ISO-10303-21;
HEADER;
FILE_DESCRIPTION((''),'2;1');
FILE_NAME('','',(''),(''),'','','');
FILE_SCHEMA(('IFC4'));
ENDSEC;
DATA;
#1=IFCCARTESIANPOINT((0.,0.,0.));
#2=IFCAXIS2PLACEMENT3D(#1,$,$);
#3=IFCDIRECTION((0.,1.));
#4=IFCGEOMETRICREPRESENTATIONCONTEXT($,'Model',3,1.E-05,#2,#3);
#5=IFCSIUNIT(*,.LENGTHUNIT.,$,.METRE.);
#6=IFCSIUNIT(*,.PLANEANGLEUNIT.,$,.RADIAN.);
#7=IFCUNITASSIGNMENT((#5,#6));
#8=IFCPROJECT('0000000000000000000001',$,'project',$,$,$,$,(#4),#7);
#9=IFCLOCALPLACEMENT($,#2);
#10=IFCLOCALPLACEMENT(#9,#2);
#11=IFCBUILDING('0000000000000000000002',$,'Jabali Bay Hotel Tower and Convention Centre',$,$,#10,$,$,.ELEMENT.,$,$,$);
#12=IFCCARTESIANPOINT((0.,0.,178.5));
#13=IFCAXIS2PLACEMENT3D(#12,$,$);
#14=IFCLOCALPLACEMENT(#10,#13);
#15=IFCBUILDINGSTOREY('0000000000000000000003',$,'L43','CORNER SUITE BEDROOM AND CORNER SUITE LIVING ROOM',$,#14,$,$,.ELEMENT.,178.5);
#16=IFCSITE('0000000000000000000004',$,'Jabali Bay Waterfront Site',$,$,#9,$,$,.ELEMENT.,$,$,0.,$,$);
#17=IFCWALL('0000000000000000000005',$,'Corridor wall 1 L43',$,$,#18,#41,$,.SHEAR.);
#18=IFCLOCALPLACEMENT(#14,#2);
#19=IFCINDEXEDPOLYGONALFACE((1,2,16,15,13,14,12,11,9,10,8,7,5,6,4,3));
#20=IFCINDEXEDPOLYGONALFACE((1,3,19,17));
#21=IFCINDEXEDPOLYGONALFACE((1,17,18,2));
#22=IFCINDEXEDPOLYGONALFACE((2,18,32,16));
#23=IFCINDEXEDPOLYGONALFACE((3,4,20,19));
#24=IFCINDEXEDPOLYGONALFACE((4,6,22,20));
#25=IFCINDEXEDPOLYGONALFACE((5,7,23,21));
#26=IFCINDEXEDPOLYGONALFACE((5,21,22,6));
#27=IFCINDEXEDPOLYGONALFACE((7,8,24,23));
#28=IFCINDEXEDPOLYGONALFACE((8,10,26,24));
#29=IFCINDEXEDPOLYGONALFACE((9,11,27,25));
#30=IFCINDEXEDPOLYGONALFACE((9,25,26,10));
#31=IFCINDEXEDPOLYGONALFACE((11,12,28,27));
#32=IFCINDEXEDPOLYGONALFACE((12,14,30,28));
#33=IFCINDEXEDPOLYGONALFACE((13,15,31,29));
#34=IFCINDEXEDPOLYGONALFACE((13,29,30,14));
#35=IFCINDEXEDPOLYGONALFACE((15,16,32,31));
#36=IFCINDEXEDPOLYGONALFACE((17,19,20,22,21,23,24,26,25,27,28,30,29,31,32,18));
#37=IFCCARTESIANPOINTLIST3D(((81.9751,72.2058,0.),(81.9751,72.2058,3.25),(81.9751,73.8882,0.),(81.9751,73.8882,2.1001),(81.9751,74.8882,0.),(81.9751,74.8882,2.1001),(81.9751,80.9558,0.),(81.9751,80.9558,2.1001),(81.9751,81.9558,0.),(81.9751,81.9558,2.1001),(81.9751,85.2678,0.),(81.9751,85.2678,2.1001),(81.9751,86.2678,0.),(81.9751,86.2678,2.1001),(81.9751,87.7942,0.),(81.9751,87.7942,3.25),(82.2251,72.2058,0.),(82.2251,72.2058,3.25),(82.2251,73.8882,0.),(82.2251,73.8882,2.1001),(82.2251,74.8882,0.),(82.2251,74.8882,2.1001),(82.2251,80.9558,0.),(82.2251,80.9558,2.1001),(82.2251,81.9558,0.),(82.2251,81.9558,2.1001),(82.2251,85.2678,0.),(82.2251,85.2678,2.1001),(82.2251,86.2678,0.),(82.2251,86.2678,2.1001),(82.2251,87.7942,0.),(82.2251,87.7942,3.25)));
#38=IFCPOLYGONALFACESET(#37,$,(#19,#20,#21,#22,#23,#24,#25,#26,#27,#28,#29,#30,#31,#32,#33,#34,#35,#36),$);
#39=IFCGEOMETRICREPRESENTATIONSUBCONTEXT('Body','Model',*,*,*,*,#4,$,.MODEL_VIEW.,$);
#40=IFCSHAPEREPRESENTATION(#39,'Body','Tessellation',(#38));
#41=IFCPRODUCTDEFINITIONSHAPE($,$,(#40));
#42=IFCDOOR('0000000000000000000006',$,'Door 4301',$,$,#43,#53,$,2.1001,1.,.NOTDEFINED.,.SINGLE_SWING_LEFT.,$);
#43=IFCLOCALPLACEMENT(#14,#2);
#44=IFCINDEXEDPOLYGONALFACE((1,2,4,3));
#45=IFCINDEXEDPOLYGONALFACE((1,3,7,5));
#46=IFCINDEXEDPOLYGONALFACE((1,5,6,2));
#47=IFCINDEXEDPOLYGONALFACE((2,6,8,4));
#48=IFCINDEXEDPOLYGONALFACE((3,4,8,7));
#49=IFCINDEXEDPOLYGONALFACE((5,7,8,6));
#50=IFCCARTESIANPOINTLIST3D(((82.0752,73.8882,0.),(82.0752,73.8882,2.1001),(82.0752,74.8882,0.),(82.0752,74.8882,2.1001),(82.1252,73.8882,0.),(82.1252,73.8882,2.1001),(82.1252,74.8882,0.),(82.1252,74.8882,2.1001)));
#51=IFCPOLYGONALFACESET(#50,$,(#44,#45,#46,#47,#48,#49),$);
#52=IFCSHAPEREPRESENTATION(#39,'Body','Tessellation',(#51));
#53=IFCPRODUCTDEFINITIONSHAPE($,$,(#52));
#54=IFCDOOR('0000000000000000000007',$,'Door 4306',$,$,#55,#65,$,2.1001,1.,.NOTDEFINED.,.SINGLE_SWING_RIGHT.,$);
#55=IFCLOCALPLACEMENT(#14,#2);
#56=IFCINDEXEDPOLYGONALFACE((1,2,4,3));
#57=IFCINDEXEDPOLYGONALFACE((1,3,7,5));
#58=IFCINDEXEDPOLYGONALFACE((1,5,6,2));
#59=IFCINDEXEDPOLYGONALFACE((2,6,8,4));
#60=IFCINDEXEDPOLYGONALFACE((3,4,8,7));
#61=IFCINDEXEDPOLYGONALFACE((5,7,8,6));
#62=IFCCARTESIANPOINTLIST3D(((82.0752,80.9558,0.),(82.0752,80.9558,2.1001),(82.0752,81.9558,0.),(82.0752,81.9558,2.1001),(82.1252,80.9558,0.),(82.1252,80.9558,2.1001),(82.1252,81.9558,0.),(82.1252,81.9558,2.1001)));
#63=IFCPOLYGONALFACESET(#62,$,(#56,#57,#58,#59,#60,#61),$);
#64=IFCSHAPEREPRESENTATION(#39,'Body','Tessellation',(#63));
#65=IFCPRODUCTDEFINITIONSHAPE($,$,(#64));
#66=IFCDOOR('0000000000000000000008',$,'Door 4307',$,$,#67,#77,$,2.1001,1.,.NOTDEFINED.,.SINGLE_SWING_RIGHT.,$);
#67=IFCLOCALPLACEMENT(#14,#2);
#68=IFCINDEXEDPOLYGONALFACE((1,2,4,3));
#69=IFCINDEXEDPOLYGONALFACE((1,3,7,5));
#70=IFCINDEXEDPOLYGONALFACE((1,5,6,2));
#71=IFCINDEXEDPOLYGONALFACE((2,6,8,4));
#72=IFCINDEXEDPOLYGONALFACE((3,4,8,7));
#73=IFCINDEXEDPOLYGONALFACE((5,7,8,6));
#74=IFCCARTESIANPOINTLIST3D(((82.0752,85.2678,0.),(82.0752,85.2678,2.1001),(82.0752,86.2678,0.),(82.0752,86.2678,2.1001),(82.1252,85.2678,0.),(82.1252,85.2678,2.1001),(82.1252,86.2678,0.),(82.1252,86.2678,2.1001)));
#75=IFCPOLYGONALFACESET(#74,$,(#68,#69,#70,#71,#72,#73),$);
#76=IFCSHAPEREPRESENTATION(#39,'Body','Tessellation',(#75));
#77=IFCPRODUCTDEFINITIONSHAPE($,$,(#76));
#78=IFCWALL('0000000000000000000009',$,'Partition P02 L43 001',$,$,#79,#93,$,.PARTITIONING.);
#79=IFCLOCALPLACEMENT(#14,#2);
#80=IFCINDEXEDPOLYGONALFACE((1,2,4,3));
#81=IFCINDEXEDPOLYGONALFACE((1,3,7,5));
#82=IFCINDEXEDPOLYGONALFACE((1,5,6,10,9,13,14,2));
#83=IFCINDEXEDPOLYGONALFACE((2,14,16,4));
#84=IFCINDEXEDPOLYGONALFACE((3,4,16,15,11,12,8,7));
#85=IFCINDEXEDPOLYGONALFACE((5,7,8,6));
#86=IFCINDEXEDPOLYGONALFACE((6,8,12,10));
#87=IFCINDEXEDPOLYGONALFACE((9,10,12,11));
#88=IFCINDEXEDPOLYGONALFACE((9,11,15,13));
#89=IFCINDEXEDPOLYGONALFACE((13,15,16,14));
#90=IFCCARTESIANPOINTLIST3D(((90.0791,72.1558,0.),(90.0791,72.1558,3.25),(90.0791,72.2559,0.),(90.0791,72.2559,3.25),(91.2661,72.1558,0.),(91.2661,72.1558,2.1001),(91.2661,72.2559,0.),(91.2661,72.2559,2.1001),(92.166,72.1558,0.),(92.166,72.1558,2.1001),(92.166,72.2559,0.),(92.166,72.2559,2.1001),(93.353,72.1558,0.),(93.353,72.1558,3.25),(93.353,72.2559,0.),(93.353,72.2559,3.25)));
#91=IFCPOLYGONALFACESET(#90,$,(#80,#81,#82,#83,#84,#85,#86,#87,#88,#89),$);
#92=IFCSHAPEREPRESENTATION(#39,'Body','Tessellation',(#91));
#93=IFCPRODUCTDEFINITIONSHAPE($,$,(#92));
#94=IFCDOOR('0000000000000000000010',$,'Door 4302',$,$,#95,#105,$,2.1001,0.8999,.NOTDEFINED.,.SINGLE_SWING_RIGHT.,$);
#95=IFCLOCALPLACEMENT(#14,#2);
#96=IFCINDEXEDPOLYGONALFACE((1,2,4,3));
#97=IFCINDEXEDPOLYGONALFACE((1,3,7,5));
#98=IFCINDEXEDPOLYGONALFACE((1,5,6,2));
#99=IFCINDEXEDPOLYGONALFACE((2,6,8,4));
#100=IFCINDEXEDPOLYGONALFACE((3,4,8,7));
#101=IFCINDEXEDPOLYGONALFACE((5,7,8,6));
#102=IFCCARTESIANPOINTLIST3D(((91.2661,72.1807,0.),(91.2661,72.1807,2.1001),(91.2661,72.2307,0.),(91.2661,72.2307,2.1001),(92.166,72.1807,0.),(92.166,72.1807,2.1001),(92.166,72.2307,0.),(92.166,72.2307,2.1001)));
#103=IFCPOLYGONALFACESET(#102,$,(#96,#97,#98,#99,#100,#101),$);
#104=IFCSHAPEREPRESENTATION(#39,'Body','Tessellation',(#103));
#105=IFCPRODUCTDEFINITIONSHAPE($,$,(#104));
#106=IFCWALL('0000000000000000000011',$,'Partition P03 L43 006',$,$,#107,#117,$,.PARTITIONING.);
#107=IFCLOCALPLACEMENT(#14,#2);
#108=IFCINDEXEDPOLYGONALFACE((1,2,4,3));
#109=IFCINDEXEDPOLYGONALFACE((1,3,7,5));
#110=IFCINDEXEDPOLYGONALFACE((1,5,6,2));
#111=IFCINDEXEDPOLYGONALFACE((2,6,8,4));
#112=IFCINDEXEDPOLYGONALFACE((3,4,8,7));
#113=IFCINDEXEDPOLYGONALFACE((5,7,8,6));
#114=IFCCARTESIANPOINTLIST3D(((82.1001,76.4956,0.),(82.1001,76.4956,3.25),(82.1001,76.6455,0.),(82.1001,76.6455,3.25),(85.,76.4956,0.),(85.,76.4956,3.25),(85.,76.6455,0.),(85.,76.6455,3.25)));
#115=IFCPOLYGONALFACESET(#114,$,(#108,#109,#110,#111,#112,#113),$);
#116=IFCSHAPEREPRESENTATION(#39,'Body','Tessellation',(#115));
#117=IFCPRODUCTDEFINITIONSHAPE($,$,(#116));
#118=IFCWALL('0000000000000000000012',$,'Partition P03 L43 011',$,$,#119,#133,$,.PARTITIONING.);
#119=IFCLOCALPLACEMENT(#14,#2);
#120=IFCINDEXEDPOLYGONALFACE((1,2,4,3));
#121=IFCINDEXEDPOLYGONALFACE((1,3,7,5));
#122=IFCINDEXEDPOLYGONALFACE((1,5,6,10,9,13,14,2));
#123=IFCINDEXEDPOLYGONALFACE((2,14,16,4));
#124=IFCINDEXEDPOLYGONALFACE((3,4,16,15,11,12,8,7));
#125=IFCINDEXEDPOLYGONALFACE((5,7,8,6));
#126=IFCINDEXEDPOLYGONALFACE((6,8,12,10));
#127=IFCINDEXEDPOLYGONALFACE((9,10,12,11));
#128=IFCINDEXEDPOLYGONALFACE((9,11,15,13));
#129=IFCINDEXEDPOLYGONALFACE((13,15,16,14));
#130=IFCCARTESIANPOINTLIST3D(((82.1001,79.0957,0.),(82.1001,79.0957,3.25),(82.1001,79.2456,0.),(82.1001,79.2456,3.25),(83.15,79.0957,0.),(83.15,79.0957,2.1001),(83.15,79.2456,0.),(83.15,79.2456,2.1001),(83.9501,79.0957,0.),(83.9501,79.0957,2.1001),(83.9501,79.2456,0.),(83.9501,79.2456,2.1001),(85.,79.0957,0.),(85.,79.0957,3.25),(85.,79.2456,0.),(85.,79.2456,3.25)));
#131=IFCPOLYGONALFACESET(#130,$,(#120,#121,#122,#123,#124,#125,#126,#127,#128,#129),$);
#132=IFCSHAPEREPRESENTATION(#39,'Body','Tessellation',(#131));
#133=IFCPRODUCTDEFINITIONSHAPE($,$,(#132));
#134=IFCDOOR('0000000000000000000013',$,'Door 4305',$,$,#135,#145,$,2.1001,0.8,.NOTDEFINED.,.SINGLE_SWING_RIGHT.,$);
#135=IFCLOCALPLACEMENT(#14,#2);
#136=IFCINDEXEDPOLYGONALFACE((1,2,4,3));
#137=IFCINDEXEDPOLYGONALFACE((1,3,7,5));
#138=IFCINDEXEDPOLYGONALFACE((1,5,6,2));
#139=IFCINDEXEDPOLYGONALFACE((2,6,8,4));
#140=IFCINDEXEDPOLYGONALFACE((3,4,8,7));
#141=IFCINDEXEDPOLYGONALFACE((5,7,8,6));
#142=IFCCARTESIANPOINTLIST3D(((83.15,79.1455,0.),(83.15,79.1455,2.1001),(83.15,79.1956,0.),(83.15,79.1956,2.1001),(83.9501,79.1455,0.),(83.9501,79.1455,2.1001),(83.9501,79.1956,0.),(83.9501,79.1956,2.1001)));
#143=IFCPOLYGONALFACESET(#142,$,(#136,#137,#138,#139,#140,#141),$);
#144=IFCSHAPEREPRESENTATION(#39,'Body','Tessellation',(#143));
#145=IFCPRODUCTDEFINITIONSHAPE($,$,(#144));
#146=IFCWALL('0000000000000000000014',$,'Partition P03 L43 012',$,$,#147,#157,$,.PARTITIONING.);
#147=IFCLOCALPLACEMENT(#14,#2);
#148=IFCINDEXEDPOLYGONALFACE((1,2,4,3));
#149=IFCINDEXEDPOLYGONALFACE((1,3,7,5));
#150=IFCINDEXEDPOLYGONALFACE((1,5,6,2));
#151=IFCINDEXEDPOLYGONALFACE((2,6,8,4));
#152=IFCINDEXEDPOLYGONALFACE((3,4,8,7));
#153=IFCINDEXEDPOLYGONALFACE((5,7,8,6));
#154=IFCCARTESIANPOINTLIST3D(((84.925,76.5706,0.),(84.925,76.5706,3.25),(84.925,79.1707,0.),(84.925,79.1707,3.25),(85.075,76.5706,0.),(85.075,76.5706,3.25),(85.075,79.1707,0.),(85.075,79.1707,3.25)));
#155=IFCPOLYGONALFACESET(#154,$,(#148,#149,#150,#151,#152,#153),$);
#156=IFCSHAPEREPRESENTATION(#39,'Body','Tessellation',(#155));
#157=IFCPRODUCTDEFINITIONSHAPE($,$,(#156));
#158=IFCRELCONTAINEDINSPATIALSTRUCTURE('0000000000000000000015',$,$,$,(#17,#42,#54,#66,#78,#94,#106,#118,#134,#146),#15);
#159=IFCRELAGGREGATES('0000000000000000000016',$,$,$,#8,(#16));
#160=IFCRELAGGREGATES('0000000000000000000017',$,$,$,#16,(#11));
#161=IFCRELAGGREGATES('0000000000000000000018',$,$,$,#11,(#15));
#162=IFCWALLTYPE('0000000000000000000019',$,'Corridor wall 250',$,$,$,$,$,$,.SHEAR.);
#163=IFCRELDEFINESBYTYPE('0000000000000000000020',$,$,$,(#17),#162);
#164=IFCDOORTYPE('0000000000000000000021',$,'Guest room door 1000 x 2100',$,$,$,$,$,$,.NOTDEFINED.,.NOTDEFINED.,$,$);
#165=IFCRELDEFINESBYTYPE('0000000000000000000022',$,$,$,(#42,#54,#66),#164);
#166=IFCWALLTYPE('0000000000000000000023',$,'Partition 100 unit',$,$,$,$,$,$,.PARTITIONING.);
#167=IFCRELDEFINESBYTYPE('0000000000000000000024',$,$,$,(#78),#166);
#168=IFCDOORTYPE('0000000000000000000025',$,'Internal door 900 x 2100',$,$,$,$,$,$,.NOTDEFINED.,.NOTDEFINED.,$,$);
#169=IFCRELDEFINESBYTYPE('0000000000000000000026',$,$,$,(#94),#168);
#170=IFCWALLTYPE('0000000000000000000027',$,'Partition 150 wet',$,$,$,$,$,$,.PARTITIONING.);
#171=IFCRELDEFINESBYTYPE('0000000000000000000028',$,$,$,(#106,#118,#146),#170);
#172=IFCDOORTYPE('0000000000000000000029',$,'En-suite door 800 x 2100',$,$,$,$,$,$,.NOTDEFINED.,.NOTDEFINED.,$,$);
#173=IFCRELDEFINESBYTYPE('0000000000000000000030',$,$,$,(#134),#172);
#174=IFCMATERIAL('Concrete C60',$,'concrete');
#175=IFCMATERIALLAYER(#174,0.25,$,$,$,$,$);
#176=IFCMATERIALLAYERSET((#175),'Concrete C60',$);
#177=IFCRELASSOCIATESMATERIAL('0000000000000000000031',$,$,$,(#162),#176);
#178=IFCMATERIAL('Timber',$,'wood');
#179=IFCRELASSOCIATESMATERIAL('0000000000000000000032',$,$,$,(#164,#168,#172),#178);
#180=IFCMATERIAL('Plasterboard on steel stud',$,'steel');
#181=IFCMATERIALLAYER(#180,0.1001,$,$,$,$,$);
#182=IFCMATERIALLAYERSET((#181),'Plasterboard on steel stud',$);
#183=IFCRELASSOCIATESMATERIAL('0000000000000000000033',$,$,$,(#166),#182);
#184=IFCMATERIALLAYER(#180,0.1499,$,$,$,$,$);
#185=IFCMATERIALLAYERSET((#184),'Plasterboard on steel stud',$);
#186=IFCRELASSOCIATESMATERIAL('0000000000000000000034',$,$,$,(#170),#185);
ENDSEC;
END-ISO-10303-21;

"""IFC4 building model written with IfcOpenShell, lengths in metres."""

from ifc_helpers import new_model, si_unit, direction, frame, frame_2d, origin, place, context, subcontext, project, spatial, rectangle, extrude, material, layer, layer_set, type_object, element, fill, save


model = new_model("IFC4")

# Units and contexts
model_context = context("Model", 3, precision=1e-05, world=origin(), true_north=direction((0.0, 1.0)))
body_context = subcontext(model_context, "Body", "Model", "MODEL_VIEW")
ifc_project = project(units=[si_unit("LENGTHUNIT", "METRE"), si_unit("PLANEANGLEUNIT", "RADIAN")], contexts=[model_context])

# Site, building, storey
site_placement = place(None, origin())
site = spatial("IfcSite", under=ifc_project, at=site_placement, Name="Jabali Bay Waterfront Site", CompositionType="ELEMENT", RefElevation=0.0)
building_placement = place(site_placement, origin())
building = spatial("IfcBuilding", under=site, at=building_placement, Name="Jabali Bay Hotel Tower and Convention Centre", CompositionType="ELEMENT")
storey_placement = place(building_placement, frame((0.0, 0.0, 178.5)))
storey = spatial("IfcBuildingStorey", under=building, at=storey_placement, Name="L43", Description="CORNER SUITE BEDROOM AND CORNER SUITE LIVING ROOM", CompositionType="ELEMENT", Elevation=178.5)

# Shared definitions
ifc_material_1 = material(Name="Concrete C60", Category="concrete")

# Wall, openings, doors
ifc_layer_1 = layer(ifc_material_1, 0.25)
ifc_layer_set_1 = layer_set([ifc_layer_1], Name="Concrete C60")
wall_type_1 = type_object("IfcWallType", Name="Corridor wall 250", PredefinedType="SHEAR", material=ifc_layer_set_1)
wall_1_placement = place(storey_placement, frame((82.1001, 72.2058, 0.0), z_axis=(0.0, 0.0, 1.0), x_axis=(0.0, 1.0, 0.0)))
wall_1 = element("IfcWall", 1, at=wall_1_placement, inside=storey, type_object=wall_type_1, Name="Corridor wall 1 L43", PredefinedType="SHEAR", context=body_context, shape_type="SweptSolid", body=[
    extrude(rectangle(XDim=15.5884, YDim=0.25, at=frame_2d((7.7942, 0.0))), origin(), (0.0, 0.0, 1.0), 3.25),
])
opening_1_placement = place(wall_1_placement, frame((1.6824, 0.0, 0.0)))
opening_1 = element("IfcOpeningElement", 2, at=opening_1_placement, cuts=wall_1, PredefinedType="OPENING", context=body_context, shape_type="SweptSolid", body=[
    extrude(rectangle(XDim=1.0, YDim=2.1001, at=frame_2d((0.5, 1.05))), frame((0.0, 0.1355, 0.0), z_axis=(0.0, -1.0, 0.0), x_axis=(1.0, 0.0, 0.0)), (0.0, 0.0, 1.0), 0.271),
])
opening_2_placement = place(wall_1_placement, frame((8.75, 0.0, 0.0)))
opening_2 = element("IfcOpeningElement", 3, at=opening_2_placement, cuts=wall_1, PredefinedType="OPENING", context=body_context, shape_type="SweptSolid", body=[
    extrude(rectangle(XDim=1.0, YDim=2.1001, at=frame_2d((0.5, 1.05))), frame((0.0, 0.1355, 0.0), z_axis=(0.0, -1.0, 0.0), x_axis=(1.0, 0.0, 0.0)), (0.0, 0.0, 1.0), 0.271),
])
opening_3_placement = place(wall_1_placement, frame((13.062, 0.0, 0.0)))
opening_3 = element("IfcOpeningElement", 4, at=opening_3_placement, cuts=wall_1, PredefinedType="OPENING", context=body_context, shape_type="SweptSolid", body=[
    extrude(rectangle(XDim=1.0, YDim=2.1001, at=frame_2d((0.5, 1.05))), frame((0.0, 0.1355, 0.0), z_axis=(0.0, -1.0, 0.0), x_axis=(1.0, 0.0, 0.0)), (0.0, 0.0, 1.0), 0.271),
])
ifc_material_2 = material(Name="Timber", Category="wood")
door_type_1 = type_object("IfcDoorType", Name="Guest room door 1000 x 2100", OperationType="NOTDEFINED", PredefinedType="NOTDEFINED", material=ifc_material_2)
door_1_placement = place(opening_1_placement, origin())
door_1 = element("IfcDoor", 5, at=door_1_placement, inside=storey, type_object=door_type_1, Name="Door 4301", OperationType="SINGLE_SWING_LEFT", OverallHeight=2.1001, OverallWidth=1.0, PredefinedType="NOTDEFINED", context=body_context, shape_type="SweptSolid", body=[
    extrude(rectangle(XDim=1.0, YDim=2.1001, at=frame_2d((0.5, 1.05))), frame((0.0, 0.0249, 0.0), z_axis=(0.0, -1.0, 0.0), x_axis=(1.0, 0.0, 0.0)), (0.0, 0.0, 1.0), 0.05),
])
fill(opening_1, door_1)
door_2_placement = place(opening_2_placement, origin())
door_2 = element("IfcDoor", 6, at=door_2_placement, inside=storey, type_object=door_type_1, Name="Door 4306", OperationType="SINGLE_SWING_RIGHT", OverallHeight=2.1001, OverallWidth=1.0, PredefinedType="NOTDEFINED", context=body_context, shape_type="SweptSolid", body=[
    extrude(rectangle(XDim=1.0, YDim=2.1001, at=frame_2d((0.5, 1.05))), frame((0.0, 0.0249, 0.0), z_axis=(0.0, -1.0, 0.0), x_axis=(1.0, 0.0, 0.0)), (0.0, 0.0, 1.0), 0.05),
])
fill(opening_2, door_2)
door_3_placement = place(opening_3_placement, origin())
door_3 = element("IfcDoor", 7, at=door_3_placement, inside=storey, type_object=door_type_1, Name="Door 4307", OperationType="SINGLE_SWING_RIGHT", OverallHeight=2.1001, OverallWidth=1.0, PredefinedType="NOTDEFINED", context=body_context, shape_type="SweptSolid", body=[
    extrude(rectangle(XDim=1.0, YDim=2.1001, at=frame_2d((0.5, 1.05))), frame((0.0, 0.0249, 0.0), z_axis=(0.0, -1.0, 0.0), x_axis=(1.0, 0.0, 0.0)), (0.0, 0.0, 1.0), 0.05),
])
fill(opening_3, door_3)

# Wall, opening, door
ifc_material_3 = material(Name="Plasterboard on steel stud", Category="steel")
ifc_layer_2 = layer(ifc_material_3, 0.1001)
ifc_layer_set_2 = layer_set([ifc_layer_2], Name="Plasterboard on steel stud")
wall_type_2 = type_object("IfcWallType", Name="Partition 100 unit", PredefinedType="PARTITIONING", material=ifc_layer_set_2)
wall_2_placement = place(storey_placement, frame((90.0791, 72.2058, 0.0), z_axis=(0.0, 0.0, 1.0), x_axis=(1.0, 0.0, 0.0)))
wall_2 = element("IfcWall", 8, at=wall_2_placement, inside=storey, type_object=wall_type_2, Name="Partition P02 L43 001", PredefinedType="PARTITIONING", context=body_context, shape_type="SweptSolid", body=[
    extrude(rectangle(XDim=3.2739, YDim=0.1001, at=frame_2d((1.637, 0.0))), origin(), (0.0, 0.0, 1.0), 3.25),
])
opening_4_placement = place(wall_2_placement, frame((1.187, 0.0, 0.0)))
opening_4 = element("IfcOpeningElement", 9, at=opening_4_placement, cuts=wall_2, PredefinedType="OPENING", context=body_context, shape_type="SweptSolid", body=[
    extrude(rectangle(XDim=0.8999, YDim=2.1001, at=frame_2d((0.45, 1.05))), frame((0.0, 0.0605, 0.0), z_axis=(0.0, -1.0, 0.0), x_axis=(1.0, 0.0, 0.0)), (0.0, 0.0, 1.0), 0.1211),
])
door_type_2 = type_object("IfcDoorType", Name="Internal door 900 x 2100", OperationType="NOTDEFINED", PredefinedType="NOTDEFINED", material=ifc_material_2)
door_4_placement = place(opening_4_placement, origin())
door_4 = element("IfcDoor", 10, at=door_4_placement, inside=storey, type_object=door_type_2, Name="Door 4302", OperationType="SINGLE_SWING_RIGHT", OverallHeight=2.1001, OverallWidth=0.8999, PredefinedType="NOTDEFINED", context=body_context, shape_type="SweptSolid", body=[
    extrude(rectangle(XDim=0.8999, YDim=2.1001, at=frame_2d((0.45, 1.05))), frame((0.0, 0.0249, 0.0), z_axis=(0.0, -1.0, 0.0), x_axis=(1.0, 0.0, 0.0)), (0.0, 0.0, 1.0), 0.05),
])
fill(opening_4, door_4)

# Wall
ifc_layer_3 = layer(ifc_material_3, 0.1499)
ifc_layer_set_3 = layer_set([ifc_layer_3], Name="Plasterboard on steel stud")
wall_type_3 = type_object("IfcWallType", Name="Partition 150 wet", PredefinedType="PARTITIONING", material=ifc_layer_set_3)
wall_3_placement = place(storey_placement, frame((85.0, 76.5706, 0.0), z_axis=(0.0, 0.0, 1.0), x_axis=(-1.0, 0.0, 0.0)))
element("IfcWall", 11, at=wall_3_placement, inside=storey, type_object=wall_type_3, Name="Partition P03 L43 006", PredefinedType="PARTITIONING", context=body_context, shape_type="SweptSolid", body=[
    extrude(rectangle(XDim=2.8999, YDim=0.1499, at=frame_2d((1.45, 0.0))), origin(), (0.0, 0.0, 1.0), 3.25),
])

# Wall, opening, door
wall_4_placement = place(storey_placement, frame((82.1001, 79.1707, 0.0), z_axis=(0.0, 0.0, 1.0), x_axis=(1.0, 0.0, 0.0)))
wall_4 = element("IfcWall", 12, at=wall_4_placement, inside=storey, type_object=wall_type_3, Name="Partition P03 L43 011", PredefinedType="PARTITIONING", context=body_context, shape_type="SweptSolid", body=[
    extrude(rectangle(XDim=2.8999, YDim=0.1499, at=frame_2d((1.45, 0.0))), origin(), (0.0, 0.0, 1.0), 3.25),
])
opening_5_placement = place(wall_4_placement, frame((1.05, 0.0, 0.0)))
opening_5 = element("IfcOpeningElement", 13, at=opening_5_placement, cuts=wall_4, PredefinedType="OPENING", context=body_context, shape_type="SweptSolid", body=[
    extrude(rectangle(XDim=0.8, YDim=2.1001, at=frame_2d((0.3999, 1.05))), frame((0.0, 0.0854, 0.0), z_axis=(0.0, -1.0, 0.0), x_axis=(1.0, 0.0, 0.0)), (0.0, 0.0, 1.0), 0.1709),
])
door_type_3 = type_object("IfcDoorType", Name="En-suite door 800 x 2100", OperationType="NOTDEFINED", PredefinedType="NOTDEFINED", material=ifc_material_2)
door_5_placement = place(opening_5_placement, origin())
door_5 = element("IfcDoor", 14, at=door_5_placement, inside=storey, type_object=door_type_3, Name="Door 4305", OperationType="SINGLE_SWING_RIGHT", OverallHeight=2.1001, OverallWidth=0.8, PredefinedType="NOTDEFINED", context=body_context, shape_type="SweptSolid", body=[
    extrude(rectangle(XDim=0.8, YDim=2.1001, at=frame_2d((0.3999, 1.05))), frame((0.0, 0.0249, 0.0), z_axis=(0.0, -1.0, 0.0), x_axis=(1.0, 0.0, 0.0)), (0.0, 0.0, 1.0), 0.05),
])
fill(opening_5, door_5)

# Wall
wall_5_placement = place(storey_placement, frame((85.0, 79.1707, 0.0), z_axis=(0.0, 0.0, 1.0), x_axis=(0.0, -1.0, 0.0)))
element("IfcWall", 15, at=wall_5_placement, inside=storey, type_object=wall_type_3, Name="Partition P03 L43 012", PredefinedType="PARTITIONING", context=body_context, shape_type="SweptSolid", body=[
    extrude(rectangle(XDim=2.6001, YDim=0.1499, at=frame_2d((1.3, 0.0))), origin(), (0.0, 0.0, 1.0), 3.25),
])

save(model, "model.ifc")
